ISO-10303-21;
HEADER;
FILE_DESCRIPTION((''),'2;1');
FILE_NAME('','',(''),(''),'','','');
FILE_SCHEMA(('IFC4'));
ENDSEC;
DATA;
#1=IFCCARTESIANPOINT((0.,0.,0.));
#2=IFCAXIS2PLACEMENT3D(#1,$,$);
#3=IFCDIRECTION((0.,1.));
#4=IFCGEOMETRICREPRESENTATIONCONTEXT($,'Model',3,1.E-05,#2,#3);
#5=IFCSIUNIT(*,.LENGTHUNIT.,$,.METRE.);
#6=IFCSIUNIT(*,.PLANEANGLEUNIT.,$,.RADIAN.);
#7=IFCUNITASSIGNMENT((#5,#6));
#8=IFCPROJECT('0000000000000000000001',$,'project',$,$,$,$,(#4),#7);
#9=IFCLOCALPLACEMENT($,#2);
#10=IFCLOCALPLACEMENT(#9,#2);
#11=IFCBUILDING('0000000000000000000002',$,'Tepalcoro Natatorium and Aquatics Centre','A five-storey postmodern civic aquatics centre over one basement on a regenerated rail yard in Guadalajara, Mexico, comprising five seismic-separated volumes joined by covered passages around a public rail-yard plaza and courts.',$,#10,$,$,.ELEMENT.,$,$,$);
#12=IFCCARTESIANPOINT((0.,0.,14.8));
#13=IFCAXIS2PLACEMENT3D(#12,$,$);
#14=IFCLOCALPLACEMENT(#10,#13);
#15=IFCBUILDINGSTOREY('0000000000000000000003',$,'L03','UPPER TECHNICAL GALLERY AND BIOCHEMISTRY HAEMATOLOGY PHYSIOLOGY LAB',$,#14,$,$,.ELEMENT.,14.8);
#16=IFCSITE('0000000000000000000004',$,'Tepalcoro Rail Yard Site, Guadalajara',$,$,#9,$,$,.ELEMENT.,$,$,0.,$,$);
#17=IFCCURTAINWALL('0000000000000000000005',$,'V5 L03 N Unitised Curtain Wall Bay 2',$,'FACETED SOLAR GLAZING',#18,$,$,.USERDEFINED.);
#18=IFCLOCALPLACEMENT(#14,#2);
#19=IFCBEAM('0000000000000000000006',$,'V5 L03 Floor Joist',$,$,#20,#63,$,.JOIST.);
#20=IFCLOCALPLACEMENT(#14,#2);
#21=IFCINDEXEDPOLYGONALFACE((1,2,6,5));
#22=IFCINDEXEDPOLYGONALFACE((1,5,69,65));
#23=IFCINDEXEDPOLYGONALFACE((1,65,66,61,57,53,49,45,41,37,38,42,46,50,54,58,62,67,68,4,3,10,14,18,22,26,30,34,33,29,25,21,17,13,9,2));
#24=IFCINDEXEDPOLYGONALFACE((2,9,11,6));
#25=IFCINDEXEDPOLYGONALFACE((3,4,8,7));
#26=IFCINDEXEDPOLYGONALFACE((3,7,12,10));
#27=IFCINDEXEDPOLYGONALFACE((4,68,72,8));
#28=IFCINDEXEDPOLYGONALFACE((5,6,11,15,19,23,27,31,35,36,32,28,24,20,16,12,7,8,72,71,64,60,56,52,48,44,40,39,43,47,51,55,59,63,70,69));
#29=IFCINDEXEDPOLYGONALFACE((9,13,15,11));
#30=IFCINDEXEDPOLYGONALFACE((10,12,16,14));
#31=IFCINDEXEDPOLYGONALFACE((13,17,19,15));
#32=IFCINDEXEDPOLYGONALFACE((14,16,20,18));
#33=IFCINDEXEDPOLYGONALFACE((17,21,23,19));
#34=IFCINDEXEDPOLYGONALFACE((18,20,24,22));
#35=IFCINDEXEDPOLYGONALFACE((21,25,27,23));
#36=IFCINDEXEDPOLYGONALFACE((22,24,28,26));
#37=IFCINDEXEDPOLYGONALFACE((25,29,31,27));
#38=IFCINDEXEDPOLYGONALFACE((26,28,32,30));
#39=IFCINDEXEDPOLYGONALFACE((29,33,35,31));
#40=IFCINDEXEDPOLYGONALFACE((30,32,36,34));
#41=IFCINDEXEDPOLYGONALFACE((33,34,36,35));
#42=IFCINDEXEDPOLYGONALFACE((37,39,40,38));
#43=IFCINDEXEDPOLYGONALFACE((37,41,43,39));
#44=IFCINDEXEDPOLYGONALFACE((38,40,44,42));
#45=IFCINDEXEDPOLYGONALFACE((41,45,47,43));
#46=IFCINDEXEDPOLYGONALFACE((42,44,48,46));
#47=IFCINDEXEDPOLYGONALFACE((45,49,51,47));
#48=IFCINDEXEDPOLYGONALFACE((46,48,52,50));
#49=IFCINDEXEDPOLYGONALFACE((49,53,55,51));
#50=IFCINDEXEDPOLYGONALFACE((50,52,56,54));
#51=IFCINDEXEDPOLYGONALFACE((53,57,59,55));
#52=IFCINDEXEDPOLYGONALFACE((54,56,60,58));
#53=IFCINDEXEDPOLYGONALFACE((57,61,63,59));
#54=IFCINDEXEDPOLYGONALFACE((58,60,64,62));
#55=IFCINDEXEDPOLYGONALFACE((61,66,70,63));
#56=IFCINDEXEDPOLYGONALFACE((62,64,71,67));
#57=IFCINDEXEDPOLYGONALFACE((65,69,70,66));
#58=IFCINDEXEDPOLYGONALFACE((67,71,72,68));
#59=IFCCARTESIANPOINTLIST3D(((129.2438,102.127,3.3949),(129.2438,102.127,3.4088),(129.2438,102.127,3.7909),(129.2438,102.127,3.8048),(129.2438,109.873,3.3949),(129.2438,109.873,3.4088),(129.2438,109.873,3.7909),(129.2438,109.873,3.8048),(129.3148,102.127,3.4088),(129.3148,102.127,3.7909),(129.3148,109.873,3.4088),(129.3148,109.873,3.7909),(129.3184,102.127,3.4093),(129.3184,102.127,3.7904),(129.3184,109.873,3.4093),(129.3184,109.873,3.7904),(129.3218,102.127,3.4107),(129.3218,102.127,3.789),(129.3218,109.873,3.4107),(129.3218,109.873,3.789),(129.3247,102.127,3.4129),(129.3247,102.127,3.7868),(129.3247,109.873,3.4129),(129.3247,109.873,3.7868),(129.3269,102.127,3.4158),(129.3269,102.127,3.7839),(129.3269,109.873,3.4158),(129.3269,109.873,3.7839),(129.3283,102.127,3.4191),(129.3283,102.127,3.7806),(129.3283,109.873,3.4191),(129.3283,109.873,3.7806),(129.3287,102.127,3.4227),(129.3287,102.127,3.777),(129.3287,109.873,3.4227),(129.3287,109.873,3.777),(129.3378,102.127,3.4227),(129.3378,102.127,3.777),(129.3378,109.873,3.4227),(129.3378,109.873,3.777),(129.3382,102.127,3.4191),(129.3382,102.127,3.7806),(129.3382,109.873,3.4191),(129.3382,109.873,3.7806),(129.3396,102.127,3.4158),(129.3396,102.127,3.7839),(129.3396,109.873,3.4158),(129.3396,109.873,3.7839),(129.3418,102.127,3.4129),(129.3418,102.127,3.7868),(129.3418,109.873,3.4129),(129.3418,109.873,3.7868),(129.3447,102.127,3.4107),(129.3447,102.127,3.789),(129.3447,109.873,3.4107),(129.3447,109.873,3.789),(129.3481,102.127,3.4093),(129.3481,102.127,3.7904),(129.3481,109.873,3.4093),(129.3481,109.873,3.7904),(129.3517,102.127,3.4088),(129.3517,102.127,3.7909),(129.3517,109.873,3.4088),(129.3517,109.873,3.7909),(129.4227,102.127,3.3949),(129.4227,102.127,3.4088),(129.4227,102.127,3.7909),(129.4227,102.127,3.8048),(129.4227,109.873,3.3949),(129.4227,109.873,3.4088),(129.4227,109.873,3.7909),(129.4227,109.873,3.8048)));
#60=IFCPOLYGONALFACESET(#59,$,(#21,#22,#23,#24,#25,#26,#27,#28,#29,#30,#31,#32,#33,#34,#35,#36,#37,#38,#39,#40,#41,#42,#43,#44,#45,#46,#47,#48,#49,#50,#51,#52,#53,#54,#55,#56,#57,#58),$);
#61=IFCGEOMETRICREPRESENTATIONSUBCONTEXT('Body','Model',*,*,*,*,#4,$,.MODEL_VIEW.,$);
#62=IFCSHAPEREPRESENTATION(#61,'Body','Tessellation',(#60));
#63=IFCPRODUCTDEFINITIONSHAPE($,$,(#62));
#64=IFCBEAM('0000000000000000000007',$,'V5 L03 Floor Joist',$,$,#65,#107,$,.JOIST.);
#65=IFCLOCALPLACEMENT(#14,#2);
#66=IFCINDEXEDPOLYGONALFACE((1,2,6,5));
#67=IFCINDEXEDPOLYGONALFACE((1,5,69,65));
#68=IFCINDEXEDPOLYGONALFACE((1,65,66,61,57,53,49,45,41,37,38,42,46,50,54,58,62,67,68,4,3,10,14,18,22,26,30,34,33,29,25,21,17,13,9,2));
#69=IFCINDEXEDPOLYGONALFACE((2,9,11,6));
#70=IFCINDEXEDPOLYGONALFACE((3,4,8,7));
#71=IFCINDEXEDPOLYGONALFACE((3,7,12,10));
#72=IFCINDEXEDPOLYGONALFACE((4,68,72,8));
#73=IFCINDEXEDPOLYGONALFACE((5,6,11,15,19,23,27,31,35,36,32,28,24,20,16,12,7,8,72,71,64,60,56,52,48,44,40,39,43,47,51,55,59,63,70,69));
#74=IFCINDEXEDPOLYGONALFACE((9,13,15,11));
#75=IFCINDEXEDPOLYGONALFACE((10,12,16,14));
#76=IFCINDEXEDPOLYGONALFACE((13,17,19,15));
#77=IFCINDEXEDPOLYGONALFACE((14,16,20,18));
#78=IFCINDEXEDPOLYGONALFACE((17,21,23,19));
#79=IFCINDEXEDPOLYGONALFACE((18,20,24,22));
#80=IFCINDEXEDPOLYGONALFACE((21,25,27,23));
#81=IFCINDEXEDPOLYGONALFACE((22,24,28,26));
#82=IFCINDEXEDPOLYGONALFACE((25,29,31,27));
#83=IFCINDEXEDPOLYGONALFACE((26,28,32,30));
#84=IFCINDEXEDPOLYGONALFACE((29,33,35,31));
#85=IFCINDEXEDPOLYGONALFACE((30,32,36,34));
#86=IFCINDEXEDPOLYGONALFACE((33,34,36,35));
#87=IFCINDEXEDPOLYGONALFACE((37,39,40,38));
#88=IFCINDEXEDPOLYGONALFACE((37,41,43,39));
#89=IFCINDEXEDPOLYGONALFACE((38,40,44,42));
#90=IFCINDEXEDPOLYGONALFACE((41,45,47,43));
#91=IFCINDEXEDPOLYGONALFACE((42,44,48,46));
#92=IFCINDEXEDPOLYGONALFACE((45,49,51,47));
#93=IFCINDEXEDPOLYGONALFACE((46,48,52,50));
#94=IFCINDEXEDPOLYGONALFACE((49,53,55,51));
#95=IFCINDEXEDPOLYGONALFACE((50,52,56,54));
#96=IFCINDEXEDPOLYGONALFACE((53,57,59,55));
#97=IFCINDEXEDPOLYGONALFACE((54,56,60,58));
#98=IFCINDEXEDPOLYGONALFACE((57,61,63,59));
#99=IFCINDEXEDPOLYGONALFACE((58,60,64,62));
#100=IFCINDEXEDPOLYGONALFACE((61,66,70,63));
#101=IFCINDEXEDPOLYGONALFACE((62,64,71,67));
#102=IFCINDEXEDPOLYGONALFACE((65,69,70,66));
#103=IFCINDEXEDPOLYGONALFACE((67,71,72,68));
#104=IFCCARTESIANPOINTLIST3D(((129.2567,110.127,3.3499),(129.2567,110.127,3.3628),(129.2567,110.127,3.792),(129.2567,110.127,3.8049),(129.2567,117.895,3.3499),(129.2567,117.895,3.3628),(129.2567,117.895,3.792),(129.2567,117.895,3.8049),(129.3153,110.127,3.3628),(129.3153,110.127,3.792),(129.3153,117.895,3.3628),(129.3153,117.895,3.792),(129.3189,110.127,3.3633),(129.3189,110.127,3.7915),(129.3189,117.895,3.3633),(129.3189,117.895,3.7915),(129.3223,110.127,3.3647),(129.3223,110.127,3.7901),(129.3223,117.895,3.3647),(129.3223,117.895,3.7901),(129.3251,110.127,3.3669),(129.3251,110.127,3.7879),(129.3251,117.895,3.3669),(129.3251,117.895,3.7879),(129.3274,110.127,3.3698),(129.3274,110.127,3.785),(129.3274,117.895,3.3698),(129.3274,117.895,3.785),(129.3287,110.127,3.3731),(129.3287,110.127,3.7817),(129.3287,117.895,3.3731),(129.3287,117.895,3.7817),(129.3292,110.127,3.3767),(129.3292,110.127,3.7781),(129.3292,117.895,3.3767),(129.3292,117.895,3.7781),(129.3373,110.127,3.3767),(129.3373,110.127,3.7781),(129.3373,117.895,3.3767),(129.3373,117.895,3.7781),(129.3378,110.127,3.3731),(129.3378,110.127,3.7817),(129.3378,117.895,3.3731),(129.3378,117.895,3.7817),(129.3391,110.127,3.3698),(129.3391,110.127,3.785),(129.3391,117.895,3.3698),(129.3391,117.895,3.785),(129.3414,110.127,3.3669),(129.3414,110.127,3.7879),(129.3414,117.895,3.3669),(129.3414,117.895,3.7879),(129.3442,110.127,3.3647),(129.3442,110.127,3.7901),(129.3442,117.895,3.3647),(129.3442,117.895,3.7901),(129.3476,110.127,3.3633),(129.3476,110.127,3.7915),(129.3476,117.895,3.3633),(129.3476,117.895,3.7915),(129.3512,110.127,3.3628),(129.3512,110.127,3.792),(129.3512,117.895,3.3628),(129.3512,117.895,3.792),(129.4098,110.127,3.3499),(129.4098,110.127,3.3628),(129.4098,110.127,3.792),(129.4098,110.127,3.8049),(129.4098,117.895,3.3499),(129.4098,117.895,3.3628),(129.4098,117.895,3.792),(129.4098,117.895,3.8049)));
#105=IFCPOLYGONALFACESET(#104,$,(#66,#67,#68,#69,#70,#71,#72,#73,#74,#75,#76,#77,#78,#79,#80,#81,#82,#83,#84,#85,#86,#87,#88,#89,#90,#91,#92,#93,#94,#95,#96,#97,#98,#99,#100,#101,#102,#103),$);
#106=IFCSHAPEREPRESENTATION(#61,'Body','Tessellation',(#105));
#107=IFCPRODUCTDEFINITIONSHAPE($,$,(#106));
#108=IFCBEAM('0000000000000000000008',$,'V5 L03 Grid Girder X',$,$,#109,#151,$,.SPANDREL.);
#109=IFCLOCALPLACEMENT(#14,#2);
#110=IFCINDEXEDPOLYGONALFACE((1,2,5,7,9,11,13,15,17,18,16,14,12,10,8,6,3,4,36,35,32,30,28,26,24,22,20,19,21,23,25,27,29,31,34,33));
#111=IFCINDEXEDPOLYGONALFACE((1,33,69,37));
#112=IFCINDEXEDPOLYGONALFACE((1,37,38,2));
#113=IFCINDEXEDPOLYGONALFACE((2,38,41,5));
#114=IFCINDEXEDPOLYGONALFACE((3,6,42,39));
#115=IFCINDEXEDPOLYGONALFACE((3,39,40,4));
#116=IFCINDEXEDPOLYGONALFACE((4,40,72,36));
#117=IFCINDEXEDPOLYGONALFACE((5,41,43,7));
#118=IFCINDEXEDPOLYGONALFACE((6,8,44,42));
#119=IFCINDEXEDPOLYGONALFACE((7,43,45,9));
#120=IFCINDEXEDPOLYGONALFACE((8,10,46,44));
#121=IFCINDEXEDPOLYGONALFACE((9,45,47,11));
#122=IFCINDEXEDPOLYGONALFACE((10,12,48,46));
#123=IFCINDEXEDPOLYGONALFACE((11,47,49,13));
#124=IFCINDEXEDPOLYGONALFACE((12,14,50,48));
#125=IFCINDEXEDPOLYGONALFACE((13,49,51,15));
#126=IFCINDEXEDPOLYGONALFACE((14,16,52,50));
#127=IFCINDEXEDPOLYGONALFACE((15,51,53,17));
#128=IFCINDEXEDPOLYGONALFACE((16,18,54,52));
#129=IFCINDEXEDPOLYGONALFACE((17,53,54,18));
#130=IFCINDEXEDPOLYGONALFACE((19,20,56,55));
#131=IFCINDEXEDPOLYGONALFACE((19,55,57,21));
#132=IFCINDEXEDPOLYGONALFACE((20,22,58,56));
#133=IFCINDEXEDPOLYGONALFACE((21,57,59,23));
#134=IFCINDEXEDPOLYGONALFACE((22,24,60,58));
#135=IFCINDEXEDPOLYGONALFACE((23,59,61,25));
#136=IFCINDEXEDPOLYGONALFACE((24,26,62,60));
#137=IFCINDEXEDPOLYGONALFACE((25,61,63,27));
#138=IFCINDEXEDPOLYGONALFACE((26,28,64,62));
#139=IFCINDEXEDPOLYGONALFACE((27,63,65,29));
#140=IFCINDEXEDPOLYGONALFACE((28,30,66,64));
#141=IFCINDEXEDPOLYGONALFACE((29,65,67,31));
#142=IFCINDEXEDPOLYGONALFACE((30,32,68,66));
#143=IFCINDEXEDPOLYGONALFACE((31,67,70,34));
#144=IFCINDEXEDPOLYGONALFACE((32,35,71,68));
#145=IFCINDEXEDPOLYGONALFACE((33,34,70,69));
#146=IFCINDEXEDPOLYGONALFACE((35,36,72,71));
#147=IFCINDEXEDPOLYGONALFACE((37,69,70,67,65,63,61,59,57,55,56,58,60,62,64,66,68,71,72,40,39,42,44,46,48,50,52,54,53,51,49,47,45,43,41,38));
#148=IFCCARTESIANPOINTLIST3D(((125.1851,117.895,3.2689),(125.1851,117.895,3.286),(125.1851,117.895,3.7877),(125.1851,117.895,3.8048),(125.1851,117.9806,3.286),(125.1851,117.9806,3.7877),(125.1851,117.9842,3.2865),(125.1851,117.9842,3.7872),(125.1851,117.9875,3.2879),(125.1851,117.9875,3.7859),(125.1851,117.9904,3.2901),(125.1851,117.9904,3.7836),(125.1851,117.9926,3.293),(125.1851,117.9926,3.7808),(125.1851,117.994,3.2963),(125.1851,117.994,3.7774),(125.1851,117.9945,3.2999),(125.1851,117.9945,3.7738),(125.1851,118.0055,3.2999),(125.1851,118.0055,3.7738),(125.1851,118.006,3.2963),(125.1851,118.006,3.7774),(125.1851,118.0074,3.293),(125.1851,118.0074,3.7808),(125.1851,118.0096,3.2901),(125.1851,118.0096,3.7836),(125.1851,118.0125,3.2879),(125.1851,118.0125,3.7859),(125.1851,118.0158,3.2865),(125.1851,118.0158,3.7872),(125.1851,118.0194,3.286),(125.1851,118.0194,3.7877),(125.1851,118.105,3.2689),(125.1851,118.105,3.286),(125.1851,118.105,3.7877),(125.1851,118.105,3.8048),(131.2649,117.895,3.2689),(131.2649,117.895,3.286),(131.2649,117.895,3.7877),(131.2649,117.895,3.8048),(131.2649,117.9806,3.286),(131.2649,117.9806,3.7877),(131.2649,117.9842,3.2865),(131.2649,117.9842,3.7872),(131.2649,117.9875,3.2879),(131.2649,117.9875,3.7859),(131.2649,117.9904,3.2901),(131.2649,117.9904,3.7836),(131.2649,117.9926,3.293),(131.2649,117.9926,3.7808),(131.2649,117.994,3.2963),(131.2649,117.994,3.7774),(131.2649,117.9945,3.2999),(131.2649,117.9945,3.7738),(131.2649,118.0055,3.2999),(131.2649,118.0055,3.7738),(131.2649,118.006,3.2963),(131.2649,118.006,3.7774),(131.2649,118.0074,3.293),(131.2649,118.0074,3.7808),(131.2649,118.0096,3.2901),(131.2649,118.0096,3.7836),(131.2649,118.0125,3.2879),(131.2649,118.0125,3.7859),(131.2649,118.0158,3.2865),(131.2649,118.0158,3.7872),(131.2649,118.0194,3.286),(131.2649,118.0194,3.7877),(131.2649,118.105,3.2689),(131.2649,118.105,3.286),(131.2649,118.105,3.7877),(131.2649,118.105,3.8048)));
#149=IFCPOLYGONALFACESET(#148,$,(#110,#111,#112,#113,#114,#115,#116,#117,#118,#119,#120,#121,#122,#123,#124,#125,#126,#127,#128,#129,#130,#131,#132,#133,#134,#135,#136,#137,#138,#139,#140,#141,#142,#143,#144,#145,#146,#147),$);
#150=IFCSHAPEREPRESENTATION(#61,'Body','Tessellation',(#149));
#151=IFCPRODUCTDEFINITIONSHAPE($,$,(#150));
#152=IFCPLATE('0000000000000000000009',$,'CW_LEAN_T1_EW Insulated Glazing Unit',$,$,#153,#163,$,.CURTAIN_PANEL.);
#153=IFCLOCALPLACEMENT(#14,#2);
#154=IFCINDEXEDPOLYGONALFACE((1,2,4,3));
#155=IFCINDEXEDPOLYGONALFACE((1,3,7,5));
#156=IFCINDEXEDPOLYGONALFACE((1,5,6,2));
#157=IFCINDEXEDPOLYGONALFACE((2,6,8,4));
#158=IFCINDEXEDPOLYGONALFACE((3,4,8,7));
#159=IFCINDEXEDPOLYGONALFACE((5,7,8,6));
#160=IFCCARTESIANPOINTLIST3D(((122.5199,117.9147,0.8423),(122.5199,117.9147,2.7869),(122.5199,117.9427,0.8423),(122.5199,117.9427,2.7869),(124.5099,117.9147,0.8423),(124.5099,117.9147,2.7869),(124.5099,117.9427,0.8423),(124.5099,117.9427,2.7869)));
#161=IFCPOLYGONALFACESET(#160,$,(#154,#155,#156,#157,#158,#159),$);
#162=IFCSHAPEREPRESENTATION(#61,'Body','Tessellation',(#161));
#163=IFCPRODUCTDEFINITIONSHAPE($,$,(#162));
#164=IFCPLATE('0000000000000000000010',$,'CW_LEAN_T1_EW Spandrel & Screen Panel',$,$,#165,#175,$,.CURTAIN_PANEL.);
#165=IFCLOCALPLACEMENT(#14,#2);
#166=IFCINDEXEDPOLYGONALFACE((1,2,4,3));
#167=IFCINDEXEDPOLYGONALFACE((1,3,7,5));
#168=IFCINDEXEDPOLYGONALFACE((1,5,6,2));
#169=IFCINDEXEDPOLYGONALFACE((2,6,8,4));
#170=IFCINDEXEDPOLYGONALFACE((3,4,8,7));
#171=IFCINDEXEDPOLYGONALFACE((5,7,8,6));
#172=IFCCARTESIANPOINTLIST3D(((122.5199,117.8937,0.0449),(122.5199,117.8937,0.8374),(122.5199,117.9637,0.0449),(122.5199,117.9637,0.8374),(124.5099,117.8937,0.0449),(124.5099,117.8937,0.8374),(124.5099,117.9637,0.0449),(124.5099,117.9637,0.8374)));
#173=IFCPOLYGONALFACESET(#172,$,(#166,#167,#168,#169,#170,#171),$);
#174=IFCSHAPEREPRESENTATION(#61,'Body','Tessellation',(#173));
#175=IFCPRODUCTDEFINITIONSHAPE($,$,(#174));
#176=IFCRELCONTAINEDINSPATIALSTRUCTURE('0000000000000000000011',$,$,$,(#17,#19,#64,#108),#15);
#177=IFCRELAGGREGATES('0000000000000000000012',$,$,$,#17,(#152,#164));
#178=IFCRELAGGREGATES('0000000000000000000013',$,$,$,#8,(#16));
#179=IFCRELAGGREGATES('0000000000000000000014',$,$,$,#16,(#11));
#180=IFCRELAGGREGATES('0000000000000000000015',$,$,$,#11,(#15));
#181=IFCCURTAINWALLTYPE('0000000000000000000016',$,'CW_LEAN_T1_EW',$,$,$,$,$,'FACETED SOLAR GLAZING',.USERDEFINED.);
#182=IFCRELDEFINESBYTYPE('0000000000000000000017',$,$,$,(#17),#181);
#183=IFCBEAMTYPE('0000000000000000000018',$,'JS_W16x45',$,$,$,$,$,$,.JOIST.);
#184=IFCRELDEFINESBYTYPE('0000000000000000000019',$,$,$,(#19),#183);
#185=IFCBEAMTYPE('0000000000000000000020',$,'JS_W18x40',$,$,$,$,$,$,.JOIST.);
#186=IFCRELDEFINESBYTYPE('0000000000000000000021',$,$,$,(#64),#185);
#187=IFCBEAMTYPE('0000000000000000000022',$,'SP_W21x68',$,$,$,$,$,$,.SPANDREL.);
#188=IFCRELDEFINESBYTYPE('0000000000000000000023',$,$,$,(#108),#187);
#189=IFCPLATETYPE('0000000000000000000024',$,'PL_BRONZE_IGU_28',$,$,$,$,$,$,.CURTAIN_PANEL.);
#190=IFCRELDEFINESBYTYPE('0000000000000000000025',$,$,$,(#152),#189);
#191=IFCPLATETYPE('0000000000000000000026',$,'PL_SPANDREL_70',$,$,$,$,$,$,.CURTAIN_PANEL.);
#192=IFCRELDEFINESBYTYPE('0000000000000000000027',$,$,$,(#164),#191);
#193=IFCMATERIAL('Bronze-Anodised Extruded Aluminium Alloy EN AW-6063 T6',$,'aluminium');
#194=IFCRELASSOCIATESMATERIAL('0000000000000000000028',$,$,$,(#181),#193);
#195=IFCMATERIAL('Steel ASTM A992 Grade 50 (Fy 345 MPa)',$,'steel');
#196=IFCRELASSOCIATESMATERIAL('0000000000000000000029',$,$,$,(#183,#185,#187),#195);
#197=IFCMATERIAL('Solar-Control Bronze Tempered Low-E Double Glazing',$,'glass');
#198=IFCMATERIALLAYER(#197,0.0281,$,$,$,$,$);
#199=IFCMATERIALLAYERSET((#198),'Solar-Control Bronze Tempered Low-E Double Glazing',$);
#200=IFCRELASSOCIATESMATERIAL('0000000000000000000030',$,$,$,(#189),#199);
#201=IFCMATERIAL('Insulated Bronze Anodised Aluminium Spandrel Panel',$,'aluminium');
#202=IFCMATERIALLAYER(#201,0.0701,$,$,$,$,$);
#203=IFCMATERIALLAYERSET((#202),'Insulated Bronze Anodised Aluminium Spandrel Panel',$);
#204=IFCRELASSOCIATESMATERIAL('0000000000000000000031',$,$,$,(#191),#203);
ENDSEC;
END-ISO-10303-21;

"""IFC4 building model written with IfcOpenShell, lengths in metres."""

from ifc_helpers import new_model, si_unit, direction, frame, origin, origin_2d, place, context, subcontext, project, spatial, rectangle, i_section, extrude, material, layer, layer_set, material_profile, profile_set, type_object, element, aggregate, save


model = new_model("IFC4")

# Units and contexts
model_context = context("Model", 3, precision=1e-05, world=origin(), true_north=direction((0.0, 1.0)))
body_context = subcontext(model_context, "Body", "Model", "MODEL_VIEW")
ifc_project = project(units=[si_unit("LENGTHUNIT", "METRE"), si_unit("PLANEANGLEUNIT", "RADIAN")], contexts=[model_context])

# Site, building, storey
site_placement = place(None, origin())
site = spatial("IfcSite", under=ifc_project, at=site_placement, Name="Tepalcoro Rail Yard Site, Guadalajara", CompositionType="ELEMENT", RefElevation=0.0)
building_placement = place(site_placement, origin())
building = spatial("IfcBuilding", under=site, at=building_placement, Name="Tepalcoro Natatorium and Aquatics Centre", Description="A five-storey postmodern civic aquatics centre over one basement on a regenerated rail yard in Guadalajara, Mexico, comprising five seismic-separated volumes joined by covered passages around a public rail-yard plaza and courts.", CompositionType="ELEMENT")
storey_placement = place(building_placement, frame((0.0, 0.0, 14.8)))
storey = spatial("IfcBuildingStorey", under=building, at=storey_placement, Name="L03", Description="UPPER TECHNICAL GALLERY AND BIOCHEMISTRY HAEMATOLOGY PHYSIOLOGY LAB", CompositionType="ELEMENT", Elevation=14.8)

# Shared definitions
ifc_material_1 = material(Name="Steel ASTM A992 Grade 50 (Fy 345 MPa)", Category="steel")

# Curtain wall
ifc_material_2 = material(Name="Bronze-Anodised Extruded Aluminium Alloy EN AW-6063 T6", Category="aluminium")
curtain_wall_type = type_object("IfcCurtainWallType", Name="CW_LEAN_T1_EW", ElementType="FACETED SOLAR GLAZING", PredefinedType="USERDEFINED", material=ifc_material_2)
curtain_wall_placement = place(storey_placement, origin())
curtain_wall = element("IfcCurtainWall", 1, at=curtain_wall_placement, inside=storey, type_object=curtain_wall_type, Name="V5 L03 N Unitised Curtain Wall Bay 2", ObjectType="FACETED SOLAR GLAZING", PredefinedType="USERDEFINED")

# Beams
ifc_material_profile_1 = material_profile(ifc_material_1, i_section(OverallWidth=0.179, OverallDepth=0.4099, WebThickness=0.009, FlangeThickness=0.0139, FilletRadius=0.0139, at=origin_2d()), Name="W16X45")
ifc_profile_set_1 = profile_set([ifc_material_profile_1], Name="Steel ASTM A992 Grade 50 (Fy 345 MPa)")
beam_type_1 = type_object("IfcBeamType", Name="JS_W16x45", PredefinedType="JOIST", material=ifc_profile_set_1)
beam_1_placement = place(storey_placement, frame((129.3333, 102.127, 3.5999), z_axis=(0.0, 1.0, 0.0), x_axis=(-1.0, 0.0, 0.0)))
element("IfcBeam", 2, at=beam_1_placement, inside=storey, type_object=beam_type_1, Name="V5 L03 Floor Joist", PredefinedType="JOIST", context=body_context, shape_type="SweptSolid", body=[
    extrude(i_section(OverallWidth=0.179, OverallDepth=0.4099, WebThickness=0.009, FlangeThickness=0.0139, FilletRadius=0.0139, at=origin_2d()), origin(), (0.0, 0.0, 1.0), 7.7461),
])
ifc_material_profile_2 = material_profile(ifc_material_1, i_section(OverallWidth=0.1531, OverallDepth=0.4551, WebThickness=0.0081, FlangeThickness=0.0129, FilletRadius=0.0139, at=origin_2d()), Name="W18X40")
ifc_profile_set_2 = profile_set([ifc_material_profile_2], Name="Steel ASTM A992 Grade 50 (Fy 345 MPa)")
beam_type_2 = type_object("IfcBeamType", Name="JS_W18x40", PredefinedType="JOIST", material=ifc_profile_set_2)
beam_2_placement = place(storey_placement, frame((129.3333, 110.127, 3.5774), z_axis=(0.0, 1.0, 0.0), x_axis=(-1.0, 0.0, 0.0)))
element("IfcBeam", 3, at=beam_2_placement, inside=storey, type_object=beam_type_2, Name="V5 L03 Floor Joist", PredefinedType="JOIST", context=body_context, shape_type="SweptSolid", body=[
    extrude(i_section(OverallWidth=0.1531, OverallDepth=0.4551, WebThickness=0.0081, FlangeThickness=0.0129, FilletRadius=0.0139, at=origin_2d()), origin(), (0.0, 0.0, 1.0), 7.7681),
])
ifc_material_profile_3 = material_profile(ifc_material_1, i_section(OverallWidth=0.21, OverallDepth=0.5359, WebThickness=0.011, FlangeThickness=0.0171, FilletRadius=0.0139, at=origin_2d()), Name="W21X68")
ifc_profile_set_3 = profile_set([ifc_material_profile_3], Name="Steel ASTM A992 Grade 50 (Fy 345 MPa)")
beam_type_3 = type_object("IfcBeamType", Name="SP_W21x68", PredefinedType="SPANDREL", material=ifc_profile_set_3)
beam_3_placement = place(storey_placement, frame((125.1851, 118.0, 3.5369), z_axis=(1.0, 0.0, 0.0), x_axis=(0.0, 1.0, 0.0)))
element("IfcBeam", 4, at=beam_3_placement, inside=storey, type_object=beam_type_3, Name="V5 L03 Grid Girder X", PredefinedType="SPANDREL", context=body_context, shape_type="SweptSolid", body=[
    extrude(i_section(OverallWidth=0.21, OverallDepth=0.5359, WebThickness=0.011, FlangeThickness=0.0171, FilletRadius=0.0139, at=origin_2d()), origin(), (0.0, 0.0, 1.0), 6.0798),
])

# Plates
ifc_material_3 = material(Name="Solar-Control Bronze Tempered Low-E Double Glazing", Category="glass")
ifc_layer_1 = layer(ifc_material_3, 0.0281)
ifc_layer_set_1 = layer_set([ifc_layer_1], Name="Solar-Control Bronze Tempered Low-E Double Glazing")
plate_type_1 = type_object("IfcPlateType", Name="PL_BRONZE_IGU_28", PredefinedType="CURTAIN_PANEL", material=ifc_layer_set_1)
plate_1_placement = place(storey_placement, frame((123.5149, 117.9287, 0.8423), z_axis=(0.0, 0.0, 1.0), x_axis=(1.0, 0.0, 0.0)))
plate_1 = element("IfcPlate", 5, at=plate_1_placement, type_object=plate_type_1, Name="CW_LEAN_T1_EW Insulated Glazing Unit", PredefinedType="CURTAIN_PANEL", context=body_context, shape_type="SweptSolid", body=[
    extrude(rectangle(XDim=1.99, YDim=0.0281, at=origin_2d()), origin(), (0.0, 0.0, 1.0), 1.9446),
])
ifc_material_4 = material(Name="Insulated Bronze Anodised Aluminium Spandrel Panel", Category="aluminium")
ifc_layer_2 = layer(ifc_material_4, 0.0701)
ifc_layer_set_2 = layer_set([ifc_layer_2], Name="Insulated Bronze Anodised Aluminium Spandrel Panel")
plate_type_2 = type_object("IfcPlateType", Name="PL_SPANDREL_70", PredefinedType="CURTAIN_PANEL", material=ifc_layer_set_2)
plate_2_placement = place(storey_placement, frame((123.5149, 117.9287, 0.0449), z_axis=(0.0, 0.0, 1.0), x_axis=(1.0, 0.0, 0.0)))
plate_2 = element("IfcPlate", 6, at=plate_2_placement, type_object=plate_type_2, Name="CW_LEAN_T1_EW Spandrel & Screen Panel", PredefinedType="CURTAIN_PANEL", context=body_context, shape_type="SweptSolid", body=[
    extrude(rectangle(XDim=1.99, YDim=0.0701, at=origin_2d()), origin(), (0.0, 0.0, 1.0), 0.7925),
])
aggregate(curtain_wall, [plate_1, plate_2])

save(model, "model.ifc")
